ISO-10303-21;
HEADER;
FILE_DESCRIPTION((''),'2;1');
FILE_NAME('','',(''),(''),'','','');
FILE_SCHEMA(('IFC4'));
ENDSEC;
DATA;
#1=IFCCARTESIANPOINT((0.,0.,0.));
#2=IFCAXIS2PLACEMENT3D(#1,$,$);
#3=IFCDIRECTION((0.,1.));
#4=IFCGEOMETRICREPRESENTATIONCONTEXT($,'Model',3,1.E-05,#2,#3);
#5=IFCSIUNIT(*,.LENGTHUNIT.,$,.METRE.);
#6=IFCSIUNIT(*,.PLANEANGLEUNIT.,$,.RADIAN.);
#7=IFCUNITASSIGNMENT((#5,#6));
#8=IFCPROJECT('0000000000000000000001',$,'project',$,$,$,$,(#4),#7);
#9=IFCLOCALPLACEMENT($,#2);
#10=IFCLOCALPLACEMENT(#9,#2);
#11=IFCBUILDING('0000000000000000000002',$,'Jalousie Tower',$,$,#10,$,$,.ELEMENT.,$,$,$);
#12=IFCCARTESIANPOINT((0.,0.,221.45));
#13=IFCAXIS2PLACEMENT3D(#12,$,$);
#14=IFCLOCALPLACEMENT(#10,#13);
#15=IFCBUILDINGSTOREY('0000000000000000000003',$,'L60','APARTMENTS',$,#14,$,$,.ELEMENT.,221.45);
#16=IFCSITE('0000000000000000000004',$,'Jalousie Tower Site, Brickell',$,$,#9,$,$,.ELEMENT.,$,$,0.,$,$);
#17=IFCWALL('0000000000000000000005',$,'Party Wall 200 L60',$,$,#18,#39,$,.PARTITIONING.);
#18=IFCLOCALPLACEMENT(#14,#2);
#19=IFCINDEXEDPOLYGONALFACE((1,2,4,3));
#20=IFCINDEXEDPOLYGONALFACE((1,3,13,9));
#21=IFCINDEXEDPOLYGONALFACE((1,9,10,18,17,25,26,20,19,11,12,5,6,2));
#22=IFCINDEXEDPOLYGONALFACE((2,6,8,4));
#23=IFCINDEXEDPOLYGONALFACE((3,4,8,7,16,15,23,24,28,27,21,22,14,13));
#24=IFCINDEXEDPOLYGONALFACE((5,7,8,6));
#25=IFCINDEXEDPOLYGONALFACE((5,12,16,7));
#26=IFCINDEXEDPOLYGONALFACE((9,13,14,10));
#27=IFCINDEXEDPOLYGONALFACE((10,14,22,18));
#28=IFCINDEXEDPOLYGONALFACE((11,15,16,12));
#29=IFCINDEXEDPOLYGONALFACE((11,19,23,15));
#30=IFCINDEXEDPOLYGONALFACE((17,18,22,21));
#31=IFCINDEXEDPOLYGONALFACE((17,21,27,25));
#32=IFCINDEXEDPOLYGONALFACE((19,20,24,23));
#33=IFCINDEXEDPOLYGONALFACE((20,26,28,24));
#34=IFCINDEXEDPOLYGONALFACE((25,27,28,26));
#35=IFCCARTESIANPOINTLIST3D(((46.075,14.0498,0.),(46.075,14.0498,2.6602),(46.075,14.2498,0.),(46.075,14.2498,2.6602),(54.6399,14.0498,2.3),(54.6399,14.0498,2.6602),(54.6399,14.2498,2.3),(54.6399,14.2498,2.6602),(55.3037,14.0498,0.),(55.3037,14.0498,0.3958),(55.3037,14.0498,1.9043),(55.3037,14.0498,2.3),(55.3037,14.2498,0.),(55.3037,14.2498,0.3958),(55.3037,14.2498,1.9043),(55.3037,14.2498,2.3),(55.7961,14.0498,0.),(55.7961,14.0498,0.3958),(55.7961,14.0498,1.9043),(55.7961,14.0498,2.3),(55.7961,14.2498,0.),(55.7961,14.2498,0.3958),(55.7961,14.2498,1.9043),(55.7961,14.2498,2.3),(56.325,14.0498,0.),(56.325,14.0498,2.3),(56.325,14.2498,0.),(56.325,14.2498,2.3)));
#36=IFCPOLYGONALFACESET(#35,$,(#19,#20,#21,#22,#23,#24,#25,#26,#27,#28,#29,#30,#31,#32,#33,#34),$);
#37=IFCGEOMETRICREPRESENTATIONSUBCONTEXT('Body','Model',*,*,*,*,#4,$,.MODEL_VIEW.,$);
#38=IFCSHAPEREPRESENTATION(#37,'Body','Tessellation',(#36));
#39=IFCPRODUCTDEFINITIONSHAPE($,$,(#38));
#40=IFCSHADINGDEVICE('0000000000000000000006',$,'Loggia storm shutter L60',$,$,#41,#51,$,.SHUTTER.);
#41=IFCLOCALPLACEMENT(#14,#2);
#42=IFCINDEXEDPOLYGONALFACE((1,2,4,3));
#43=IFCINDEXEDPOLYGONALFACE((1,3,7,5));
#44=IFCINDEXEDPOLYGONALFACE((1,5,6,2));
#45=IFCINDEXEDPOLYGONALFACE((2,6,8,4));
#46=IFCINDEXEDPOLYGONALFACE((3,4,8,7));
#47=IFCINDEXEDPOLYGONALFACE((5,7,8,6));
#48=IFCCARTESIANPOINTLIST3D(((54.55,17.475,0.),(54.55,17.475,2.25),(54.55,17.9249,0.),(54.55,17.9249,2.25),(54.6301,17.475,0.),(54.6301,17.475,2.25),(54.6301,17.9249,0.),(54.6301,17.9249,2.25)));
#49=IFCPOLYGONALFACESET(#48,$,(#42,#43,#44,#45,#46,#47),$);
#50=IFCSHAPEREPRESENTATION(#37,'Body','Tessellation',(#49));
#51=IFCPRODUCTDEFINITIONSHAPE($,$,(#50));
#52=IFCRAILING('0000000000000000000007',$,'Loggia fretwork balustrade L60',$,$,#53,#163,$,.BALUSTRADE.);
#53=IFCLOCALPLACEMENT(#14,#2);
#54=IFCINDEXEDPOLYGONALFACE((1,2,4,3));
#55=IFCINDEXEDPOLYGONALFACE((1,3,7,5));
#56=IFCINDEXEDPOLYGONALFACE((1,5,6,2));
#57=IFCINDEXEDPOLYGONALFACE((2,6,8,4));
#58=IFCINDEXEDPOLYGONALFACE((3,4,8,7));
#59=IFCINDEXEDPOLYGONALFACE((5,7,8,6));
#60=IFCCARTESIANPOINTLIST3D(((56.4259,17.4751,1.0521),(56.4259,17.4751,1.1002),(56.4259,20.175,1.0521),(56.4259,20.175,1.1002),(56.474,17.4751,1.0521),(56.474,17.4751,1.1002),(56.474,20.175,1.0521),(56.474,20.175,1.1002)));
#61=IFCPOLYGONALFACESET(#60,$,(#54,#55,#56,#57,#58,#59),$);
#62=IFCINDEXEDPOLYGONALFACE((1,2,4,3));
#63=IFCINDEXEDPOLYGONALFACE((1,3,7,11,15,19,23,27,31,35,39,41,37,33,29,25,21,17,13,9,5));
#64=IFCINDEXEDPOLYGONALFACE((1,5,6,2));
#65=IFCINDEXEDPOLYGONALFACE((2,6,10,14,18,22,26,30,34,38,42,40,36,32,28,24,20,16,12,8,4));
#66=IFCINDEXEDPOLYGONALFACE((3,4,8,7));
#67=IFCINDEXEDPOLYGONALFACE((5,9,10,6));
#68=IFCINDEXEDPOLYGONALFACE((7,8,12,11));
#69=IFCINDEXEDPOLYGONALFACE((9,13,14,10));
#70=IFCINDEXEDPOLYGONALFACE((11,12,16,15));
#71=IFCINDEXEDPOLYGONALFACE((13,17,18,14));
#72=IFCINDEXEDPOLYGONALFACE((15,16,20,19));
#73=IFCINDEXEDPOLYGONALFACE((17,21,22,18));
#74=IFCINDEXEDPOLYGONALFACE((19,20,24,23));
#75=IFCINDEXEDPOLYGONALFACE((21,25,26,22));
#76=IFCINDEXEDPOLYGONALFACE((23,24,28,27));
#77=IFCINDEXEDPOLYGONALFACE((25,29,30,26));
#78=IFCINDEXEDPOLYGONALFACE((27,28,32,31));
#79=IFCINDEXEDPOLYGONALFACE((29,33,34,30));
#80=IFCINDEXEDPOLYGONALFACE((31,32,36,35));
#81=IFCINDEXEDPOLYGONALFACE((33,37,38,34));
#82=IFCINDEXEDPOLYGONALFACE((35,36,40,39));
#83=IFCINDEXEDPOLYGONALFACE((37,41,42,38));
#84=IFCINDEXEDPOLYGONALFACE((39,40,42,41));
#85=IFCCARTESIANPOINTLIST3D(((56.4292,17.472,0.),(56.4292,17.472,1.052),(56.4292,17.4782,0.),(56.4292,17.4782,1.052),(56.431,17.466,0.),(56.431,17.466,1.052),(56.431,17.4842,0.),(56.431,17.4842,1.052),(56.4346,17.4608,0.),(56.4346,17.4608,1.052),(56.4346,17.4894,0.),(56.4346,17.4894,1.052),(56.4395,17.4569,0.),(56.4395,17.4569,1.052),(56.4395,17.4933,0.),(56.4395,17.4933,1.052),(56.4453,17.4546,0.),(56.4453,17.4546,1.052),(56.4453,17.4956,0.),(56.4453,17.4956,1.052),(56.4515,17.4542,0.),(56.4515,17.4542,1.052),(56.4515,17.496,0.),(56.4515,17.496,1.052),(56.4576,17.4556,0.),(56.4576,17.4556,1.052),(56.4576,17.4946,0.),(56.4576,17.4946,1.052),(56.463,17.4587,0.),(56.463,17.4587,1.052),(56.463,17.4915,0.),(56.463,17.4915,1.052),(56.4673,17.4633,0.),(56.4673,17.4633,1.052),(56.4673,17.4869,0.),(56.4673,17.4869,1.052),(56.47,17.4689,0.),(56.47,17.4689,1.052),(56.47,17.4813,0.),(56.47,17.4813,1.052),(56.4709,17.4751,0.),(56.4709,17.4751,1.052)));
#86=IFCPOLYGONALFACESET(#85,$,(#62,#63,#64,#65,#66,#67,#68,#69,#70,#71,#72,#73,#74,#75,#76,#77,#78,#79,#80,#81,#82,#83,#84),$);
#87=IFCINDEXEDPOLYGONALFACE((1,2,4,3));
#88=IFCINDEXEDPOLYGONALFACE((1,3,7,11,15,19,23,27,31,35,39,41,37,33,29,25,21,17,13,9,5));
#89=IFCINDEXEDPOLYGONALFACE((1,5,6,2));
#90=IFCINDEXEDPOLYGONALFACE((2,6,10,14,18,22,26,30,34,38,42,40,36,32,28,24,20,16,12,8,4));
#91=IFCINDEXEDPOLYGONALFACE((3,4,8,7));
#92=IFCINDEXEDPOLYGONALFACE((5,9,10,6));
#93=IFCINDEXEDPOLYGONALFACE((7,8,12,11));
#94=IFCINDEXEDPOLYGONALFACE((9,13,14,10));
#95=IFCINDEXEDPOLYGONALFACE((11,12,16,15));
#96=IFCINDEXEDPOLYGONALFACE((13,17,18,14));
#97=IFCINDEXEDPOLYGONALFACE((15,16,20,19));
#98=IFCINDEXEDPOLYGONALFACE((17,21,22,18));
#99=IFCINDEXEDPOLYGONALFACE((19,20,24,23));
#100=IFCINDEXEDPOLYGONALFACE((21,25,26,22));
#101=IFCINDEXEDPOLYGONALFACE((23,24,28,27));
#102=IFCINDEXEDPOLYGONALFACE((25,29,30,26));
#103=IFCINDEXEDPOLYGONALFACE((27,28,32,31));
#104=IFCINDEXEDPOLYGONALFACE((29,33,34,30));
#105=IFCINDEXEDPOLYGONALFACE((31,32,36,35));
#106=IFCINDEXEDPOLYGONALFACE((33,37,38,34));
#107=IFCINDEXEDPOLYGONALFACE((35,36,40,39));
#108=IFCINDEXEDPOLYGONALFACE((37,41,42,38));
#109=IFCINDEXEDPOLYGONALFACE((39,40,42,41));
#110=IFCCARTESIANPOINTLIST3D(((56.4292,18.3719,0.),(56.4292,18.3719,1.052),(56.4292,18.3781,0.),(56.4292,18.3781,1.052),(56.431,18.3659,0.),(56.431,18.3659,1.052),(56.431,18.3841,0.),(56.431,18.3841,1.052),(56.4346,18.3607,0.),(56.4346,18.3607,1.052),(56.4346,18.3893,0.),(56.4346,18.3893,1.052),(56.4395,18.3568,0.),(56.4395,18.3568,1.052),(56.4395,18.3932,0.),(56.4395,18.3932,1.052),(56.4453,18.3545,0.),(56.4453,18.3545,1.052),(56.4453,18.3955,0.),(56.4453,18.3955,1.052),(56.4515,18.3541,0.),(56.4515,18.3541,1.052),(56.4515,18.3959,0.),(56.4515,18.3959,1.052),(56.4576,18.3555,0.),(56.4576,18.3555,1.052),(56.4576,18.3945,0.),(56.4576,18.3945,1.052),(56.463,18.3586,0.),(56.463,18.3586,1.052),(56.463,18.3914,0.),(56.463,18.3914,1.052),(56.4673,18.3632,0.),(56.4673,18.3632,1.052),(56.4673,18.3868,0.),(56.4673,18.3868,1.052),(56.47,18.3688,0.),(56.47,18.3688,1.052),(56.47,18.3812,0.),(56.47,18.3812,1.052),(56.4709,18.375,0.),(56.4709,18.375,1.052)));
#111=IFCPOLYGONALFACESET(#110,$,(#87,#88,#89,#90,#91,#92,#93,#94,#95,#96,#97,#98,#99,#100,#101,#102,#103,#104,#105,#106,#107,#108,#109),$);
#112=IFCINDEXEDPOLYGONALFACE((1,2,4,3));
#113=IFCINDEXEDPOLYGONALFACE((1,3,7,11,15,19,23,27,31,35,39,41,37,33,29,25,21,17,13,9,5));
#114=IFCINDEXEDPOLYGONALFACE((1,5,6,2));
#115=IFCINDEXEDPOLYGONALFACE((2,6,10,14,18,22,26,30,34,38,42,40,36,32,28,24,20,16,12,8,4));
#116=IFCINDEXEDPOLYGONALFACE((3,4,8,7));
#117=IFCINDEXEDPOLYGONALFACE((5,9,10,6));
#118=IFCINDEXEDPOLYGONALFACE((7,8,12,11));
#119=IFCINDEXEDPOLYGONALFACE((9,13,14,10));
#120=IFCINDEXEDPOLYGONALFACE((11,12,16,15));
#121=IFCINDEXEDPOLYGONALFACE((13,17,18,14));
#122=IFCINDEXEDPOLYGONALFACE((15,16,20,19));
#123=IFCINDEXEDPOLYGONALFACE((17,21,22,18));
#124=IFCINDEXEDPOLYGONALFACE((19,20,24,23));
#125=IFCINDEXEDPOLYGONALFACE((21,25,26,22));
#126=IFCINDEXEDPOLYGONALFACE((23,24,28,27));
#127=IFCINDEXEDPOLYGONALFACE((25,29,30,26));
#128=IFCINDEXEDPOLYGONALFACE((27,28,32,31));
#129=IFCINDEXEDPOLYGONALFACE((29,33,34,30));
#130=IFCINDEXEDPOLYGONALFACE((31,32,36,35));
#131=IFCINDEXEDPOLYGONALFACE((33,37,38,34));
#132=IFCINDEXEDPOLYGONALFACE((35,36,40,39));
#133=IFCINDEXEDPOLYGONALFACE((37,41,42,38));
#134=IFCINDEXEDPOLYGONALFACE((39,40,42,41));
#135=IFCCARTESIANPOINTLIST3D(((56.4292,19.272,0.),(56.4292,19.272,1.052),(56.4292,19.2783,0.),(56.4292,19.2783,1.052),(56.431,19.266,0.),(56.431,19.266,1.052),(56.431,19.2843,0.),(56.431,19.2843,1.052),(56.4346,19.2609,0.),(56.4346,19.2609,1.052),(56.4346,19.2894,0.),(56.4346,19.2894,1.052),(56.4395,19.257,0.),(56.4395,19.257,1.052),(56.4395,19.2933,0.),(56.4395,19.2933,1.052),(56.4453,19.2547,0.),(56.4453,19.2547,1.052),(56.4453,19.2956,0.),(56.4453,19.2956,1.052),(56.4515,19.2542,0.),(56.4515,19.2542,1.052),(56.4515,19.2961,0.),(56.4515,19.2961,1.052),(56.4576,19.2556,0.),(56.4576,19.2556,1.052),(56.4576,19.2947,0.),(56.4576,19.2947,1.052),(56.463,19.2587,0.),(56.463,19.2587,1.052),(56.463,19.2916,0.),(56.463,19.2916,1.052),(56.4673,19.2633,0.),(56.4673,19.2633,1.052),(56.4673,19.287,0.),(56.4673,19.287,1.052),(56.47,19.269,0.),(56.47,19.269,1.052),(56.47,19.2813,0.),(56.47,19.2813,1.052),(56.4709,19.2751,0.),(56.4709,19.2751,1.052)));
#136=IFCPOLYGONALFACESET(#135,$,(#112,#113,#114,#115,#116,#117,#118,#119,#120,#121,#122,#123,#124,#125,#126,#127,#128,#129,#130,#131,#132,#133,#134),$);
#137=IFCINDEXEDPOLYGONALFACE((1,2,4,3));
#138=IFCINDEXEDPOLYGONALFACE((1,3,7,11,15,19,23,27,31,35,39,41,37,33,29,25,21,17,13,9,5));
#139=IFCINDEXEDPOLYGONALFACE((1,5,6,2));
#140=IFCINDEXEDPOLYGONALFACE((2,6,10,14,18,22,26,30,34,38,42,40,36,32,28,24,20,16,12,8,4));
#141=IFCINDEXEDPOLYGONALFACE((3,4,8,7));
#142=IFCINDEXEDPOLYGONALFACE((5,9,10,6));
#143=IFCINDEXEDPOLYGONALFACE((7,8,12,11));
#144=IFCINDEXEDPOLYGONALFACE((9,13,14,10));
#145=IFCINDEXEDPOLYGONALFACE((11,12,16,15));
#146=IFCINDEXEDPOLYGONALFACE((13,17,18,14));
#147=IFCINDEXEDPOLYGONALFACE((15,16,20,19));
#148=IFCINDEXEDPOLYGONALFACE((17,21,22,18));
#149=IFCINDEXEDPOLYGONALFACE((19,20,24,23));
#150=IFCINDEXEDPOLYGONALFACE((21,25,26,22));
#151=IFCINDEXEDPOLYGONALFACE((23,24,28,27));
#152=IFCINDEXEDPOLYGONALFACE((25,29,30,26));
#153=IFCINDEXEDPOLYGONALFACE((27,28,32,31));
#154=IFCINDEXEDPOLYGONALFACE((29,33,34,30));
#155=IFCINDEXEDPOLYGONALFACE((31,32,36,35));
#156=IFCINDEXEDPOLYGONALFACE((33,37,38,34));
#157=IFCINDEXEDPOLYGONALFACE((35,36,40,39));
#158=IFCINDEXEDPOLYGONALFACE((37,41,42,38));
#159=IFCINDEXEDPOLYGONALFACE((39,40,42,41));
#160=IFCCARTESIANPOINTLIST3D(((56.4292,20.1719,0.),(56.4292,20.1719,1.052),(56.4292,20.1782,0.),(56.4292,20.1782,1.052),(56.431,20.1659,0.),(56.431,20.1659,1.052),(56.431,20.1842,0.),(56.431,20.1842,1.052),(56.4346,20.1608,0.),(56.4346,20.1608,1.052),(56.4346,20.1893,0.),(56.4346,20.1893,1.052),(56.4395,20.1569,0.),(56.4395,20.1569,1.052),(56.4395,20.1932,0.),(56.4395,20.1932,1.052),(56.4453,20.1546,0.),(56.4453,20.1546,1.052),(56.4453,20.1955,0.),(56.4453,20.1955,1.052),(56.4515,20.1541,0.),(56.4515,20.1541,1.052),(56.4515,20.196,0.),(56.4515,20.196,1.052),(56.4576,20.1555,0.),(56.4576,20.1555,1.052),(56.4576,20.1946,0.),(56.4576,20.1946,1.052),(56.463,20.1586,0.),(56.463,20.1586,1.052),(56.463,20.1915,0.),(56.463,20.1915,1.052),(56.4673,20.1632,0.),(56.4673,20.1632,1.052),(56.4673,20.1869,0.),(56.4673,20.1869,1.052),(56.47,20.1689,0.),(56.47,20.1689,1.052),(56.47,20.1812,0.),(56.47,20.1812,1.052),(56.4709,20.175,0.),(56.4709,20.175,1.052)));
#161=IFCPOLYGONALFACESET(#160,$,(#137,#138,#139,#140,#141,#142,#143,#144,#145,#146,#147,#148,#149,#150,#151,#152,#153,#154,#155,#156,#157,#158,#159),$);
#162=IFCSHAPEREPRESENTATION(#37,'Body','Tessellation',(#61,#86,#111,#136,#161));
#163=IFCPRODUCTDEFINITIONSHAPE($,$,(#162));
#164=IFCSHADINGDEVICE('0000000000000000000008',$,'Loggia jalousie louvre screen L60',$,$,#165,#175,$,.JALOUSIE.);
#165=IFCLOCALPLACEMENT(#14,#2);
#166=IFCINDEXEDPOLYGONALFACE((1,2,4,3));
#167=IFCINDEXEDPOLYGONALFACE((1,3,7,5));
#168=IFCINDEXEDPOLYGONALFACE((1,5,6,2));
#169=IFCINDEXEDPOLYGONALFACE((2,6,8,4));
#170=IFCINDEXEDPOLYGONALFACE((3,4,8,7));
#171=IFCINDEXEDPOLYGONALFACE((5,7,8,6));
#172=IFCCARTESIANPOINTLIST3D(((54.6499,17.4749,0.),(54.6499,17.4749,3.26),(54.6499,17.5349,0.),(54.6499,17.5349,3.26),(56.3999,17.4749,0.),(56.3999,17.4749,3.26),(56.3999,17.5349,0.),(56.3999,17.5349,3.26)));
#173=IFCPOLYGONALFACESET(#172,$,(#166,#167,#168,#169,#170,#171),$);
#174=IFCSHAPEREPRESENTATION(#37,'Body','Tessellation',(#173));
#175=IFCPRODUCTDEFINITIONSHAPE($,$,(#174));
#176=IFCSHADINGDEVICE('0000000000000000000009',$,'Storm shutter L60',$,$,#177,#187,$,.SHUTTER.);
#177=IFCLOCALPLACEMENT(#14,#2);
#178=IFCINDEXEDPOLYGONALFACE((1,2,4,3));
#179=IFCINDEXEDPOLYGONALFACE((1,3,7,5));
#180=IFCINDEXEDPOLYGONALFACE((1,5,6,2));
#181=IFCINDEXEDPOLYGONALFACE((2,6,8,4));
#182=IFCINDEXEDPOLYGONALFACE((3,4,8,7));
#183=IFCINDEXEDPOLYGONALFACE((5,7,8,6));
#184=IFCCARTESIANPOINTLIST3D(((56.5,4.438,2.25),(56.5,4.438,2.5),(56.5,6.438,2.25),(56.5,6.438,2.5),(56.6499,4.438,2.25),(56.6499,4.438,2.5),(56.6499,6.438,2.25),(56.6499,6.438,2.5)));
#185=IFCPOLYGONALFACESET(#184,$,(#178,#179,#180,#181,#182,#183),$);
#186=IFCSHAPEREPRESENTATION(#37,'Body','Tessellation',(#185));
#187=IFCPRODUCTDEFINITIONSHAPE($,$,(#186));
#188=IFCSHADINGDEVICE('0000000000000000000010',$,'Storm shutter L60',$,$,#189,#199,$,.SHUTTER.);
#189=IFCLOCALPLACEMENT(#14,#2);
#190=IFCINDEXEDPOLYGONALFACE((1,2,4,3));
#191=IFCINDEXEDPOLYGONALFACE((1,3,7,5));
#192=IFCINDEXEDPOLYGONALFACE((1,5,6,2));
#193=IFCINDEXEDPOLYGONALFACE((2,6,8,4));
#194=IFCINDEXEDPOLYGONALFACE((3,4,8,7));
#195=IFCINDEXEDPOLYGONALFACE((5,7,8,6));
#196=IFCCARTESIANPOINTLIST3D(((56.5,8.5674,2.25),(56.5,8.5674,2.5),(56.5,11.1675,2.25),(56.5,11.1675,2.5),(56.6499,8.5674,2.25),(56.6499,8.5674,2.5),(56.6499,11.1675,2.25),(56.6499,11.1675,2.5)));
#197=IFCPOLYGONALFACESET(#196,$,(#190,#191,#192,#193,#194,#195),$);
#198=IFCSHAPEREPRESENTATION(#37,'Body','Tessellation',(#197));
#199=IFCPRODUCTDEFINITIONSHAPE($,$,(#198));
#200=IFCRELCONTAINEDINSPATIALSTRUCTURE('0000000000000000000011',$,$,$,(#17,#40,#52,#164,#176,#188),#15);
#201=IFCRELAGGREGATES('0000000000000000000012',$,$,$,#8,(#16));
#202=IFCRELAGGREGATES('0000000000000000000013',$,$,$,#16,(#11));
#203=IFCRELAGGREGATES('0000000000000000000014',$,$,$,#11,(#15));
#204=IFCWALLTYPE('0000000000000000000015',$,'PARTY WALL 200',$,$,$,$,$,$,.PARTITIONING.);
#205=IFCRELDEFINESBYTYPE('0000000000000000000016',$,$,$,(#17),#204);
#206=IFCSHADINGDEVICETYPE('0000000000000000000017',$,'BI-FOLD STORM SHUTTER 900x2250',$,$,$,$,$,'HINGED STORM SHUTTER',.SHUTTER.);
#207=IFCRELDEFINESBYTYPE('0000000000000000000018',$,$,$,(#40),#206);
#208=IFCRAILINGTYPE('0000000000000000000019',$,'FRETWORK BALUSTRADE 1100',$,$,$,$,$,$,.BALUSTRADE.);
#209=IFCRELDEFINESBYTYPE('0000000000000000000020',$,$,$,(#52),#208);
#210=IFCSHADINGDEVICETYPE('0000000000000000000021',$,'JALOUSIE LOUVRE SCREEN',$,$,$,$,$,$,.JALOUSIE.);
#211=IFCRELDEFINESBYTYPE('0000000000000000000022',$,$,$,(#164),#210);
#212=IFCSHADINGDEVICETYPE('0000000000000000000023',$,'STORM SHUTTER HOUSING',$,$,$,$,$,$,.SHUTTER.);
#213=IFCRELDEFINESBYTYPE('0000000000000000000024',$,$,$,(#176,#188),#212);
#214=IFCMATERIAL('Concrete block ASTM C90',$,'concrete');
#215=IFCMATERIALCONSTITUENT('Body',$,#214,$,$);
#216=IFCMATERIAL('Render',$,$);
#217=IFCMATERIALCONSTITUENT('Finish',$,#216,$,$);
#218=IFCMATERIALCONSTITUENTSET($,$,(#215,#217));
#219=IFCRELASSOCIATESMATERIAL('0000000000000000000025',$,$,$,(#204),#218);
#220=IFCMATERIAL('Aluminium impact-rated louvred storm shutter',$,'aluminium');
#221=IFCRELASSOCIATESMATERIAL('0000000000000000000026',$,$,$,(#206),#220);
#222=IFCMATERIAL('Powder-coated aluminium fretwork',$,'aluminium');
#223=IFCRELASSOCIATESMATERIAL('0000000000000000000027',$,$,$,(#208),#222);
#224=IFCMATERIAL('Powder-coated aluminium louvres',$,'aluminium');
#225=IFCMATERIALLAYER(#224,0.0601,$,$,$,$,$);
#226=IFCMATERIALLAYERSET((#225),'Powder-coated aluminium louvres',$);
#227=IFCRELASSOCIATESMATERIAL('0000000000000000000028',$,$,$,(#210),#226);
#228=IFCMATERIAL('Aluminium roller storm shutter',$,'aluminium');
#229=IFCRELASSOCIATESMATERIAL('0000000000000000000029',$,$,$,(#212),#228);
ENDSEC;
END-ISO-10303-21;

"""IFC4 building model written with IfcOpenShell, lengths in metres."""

from ifc_helpers import new_model, si_unit, direction, frame, origin, origin_2d, place, context, subcontext, project, spatial, polyline, rectangle, circle, outline, extrude, material, layer, layer_set, constituent, constituent_set, type_object, element, save


model = new_model("IFC4")

# Units and contexts
model_context = context("Model", 3, precision=1e-05, world=origin(), true_north=direction((0.0, 1.0)))
body_context = subcontext(model_context, "Body", "Model", "MODEL_VIEW")
ifc_project = project(units=[si_unit("LENGTHUNIT", "METRE"), si_unit("PLANEANGLEUNIT", "RADIAN")], contexts=[model_context])

# Site, building, storey
site_placement = place(None, origin())
site = spatial("IfcSite", under=ifc_project, at=site_placement, Name="Jalousie Tower Site, Brickell", CompositionType="ELEMENT", RefElevation=0.0)
building_placement = place(site_placement, origin())
building = spatial("IfcBuilding", under=site, at=building_placement, Name="Jalousie Tower", CompositionType="ELEMENT")
storey_placement = place(building_placement, frame((0.0, 0.0, 221.45)))
storey = spatial("IfcBuildingStorey", under=building, at=storey_placement, Name="L60", Description="APARTMENTS", CompositionType="ELEMENT", Elevation=221.45)

# Wall
ifc_material_1 = material(Name="Concrete block ASTM C90", Category="concrete")
ifc_constituent_1 = constituent(ifc_material_1, Name="Body")
ifc_material_2 = material(Name="Render")
ifc_constituent_2 = constituent(ifc_material_2, Name="Finish")
ifc_constituent_set_1 = constituent_set(constituents=[ifc_constituent_1, ifc_constituent_2])
wall_type_1 = type_object("IfcWallType", Name="PARTY WALL 200", PredefinedType="PARTITIONING", material=ifc_constituent_set_1)
wall_1_placement = place(storey_placement, frame((56.325, 14.1499, 0.0), z_axis=(0.0, 0.0, 1.0), x_axis=(-1.0, 0.0, 0.0)))
element("IfcWall", 1, at=wall_1_placement, inside=storey, type_object=wall_type_1, Name="Party Wall 200 L60", PredefinedType="PARTITIONING", context=body_context, shape_type="SweptSolid", body=[
    extrude(outline(polyline([(0.5288, 2.3), (0.0, 2.3), (0.0, 0.0), (0.5288, 0.0), (0.5288, 0.3958), (1.0212, 0.3958), (1.0212, 0.0), (10.25, 0.0), (10.25, 2.6602), (1.6851, 2.6602), (1.6851, 2.3), (1.0212, 2.3), (1.0212, 1.9043), (0.5288, 1.9043), (0.5288, 2.3)])), frame((0.0, 0.1001, 0.0), z_axis=(0.0, -1.0, 0.0), x_axis=(1.0, 0.0, 0.0)), (0.0, 0.0, 1.0), 0.2),
])

# Shading device
ifc_material_3 = material(Name="Aluminium impact-rated louvred storm shutter", Category="aluminium")
shading_device_type_1 = type_object("IfcShadingDeviceType", Name="BI-FOLD STORM SHUTTER 900x2250", ElementType="HINGED STORM SHUTTER", PredefinedType="SHUTTER", material=ifc_material_3)
shading_device_1_placement = place(storey_placement, frame((54.5901, 17.7, 0.0), z_axis=(0.0, 0.0, 1.0), x_axis=(0.0, 1.0, 0.0)))
element("IfcShadingDevice", 2, at=shading_device_1_placement, inside=storey, type_object=shading_device_type_1, Name="Loggia storm shutter L60", PredefinedType="SHUTTER", context=body_context, shape_type="SweptSolid", body=[
    extrude(rectangle(XDim=0.45, YDim=0.0801, at=origin_2d()), origin(), (0.0, 0.0, 1.0), 2.25),
])

# Railing
ifc_material_4 = material(Name="Powder-coated aluminium fretwork", Category="aluminium")
railing_type = type_object("IfcRailingType", Name="FRETWORK BALUSTRADE 1100", PredefinedType="BALUSTRADE", material=ifc_material_4)
railing_placement = place(storey_placement, frame((56.45, 17.4751, 0.0)))
element("IfcRailing", 3, at=railing_placement, inside=storey, type_object=railing_type, Name="Loggia fretwork balustrade L60", PredefinedType="BALUSTRADE", context=body_context, shape_type="SweptSolid", body=[
    extrude(rectangle(XDim=0.0481, YDim=0.0481, at=origin_2d()), frame((0.0, 0.0, 1.0762), z_axis=(0.0, 1.0, 0.0), x_axis=(-1.0, 0.0, 0.0)), (0.0, 0.0, 1.0), 2.7),
    extrude(circle(Radius=0.021, at=origin_2d()), origin(), (0.0, 0.0, 1.0), 1.052),
    extrude(circle(Radius=0.021, at=origin_2d()), frame((0.0, 0.8999, 0.0)), (0.0, 0.0, 1.0), 1.052),
    extrude(circle(Radius=0.021, at=origin_2d()), frame((0.0, 1.8, 0.0)), (0.0, 0.0, 1.0), 1.052),
    extrude(circle(Radius=0.021, at=origin_2d()), frame((0.0, 2.7, 0.0)), (0.0, 0.0, 1.0), 1.052),
])

# Shading devices
ifc_material_5 = material(Name="Powder-coated aluminium louvres", Category="aluminium")
ifc_layer_1 = layer(ifc_material_5, 0.0601)
ifc_layer_set_1 = layer_set([ifc_layer_1], Name="Powder-coated aluminium louvres")
shading_device_type_2 = type_object("IfcShadingDeviceType", Name="JALOUSIE LOUVRE SCREEN", PredefinedType="JALOUSIE", material=ifc_layer_set_1)
shading_device_2_placement = place(storey_placement, frame((55.5249, 17.5049, 0.0), z_axis=(0.0, 0.0, 1.0), x_axis=(0.0, 1.0, 0.0)))
element("IfcShadingDevice", 4, at=shading_device_2_placement, inside=storey, type_object=shading_device_type_2, Name="Loggia jalousie louvre screen L60", PredefinedType="JALOUSIE", context=body_context, shape_type="SweptSolid", body=[
    extrude(rectangle(XDim=0.0601, YDim=1.75, at=origin_2d()), origin(), (0.0, 0.0, 1.0), 3.26),
])
ifc_material_6 = material(Name="Aluminium roller storm shutter", Category="aluminium")
shading_device_type_3 = type_object("IfcShadingDeviceType", Name="STORM SHUTTER HOUSING", PredefinedType="SHUTTER", material=ifc_material_6)
shading_device_3_placement = place(storey_placement, frame((56.575, 5.438, 2.25), z_axis=(0.0, 0.0, 1.0), x_axis=(0.0, 1.0, 0.0)))
element("IfcShadingDevice", 5, at=shading_device_3_placement, inside=storey, type_object=shading_device_type_3, Name="Storm shutter L60", PredefinedType="SHUTTER", context=body_context, shape_type="SweptSolid", body=[
    extrude(rectangle(XDim=2.0, YDim=0.1499, at=origin_2d()), origin(), (0.0, 0.0, 1.0), 0.25),
])
shading_device_4_placement = place(storey_placement, frame((56.575, 9.8674, 2.25), z_axis=(0.0, 0.0, 1.0), x_axis=(0.0, 1.0, 0.0)))
element("IfcShadingDevice", 6, at=shading_device_4_placement, inside=storey, type_object=shading_device_type_3, Name="Storm shutter L60", PredefinedType="SHUTTER", context=body_context, shape_type="SweptSolid", body=[
    extrude(rectangle(XDim=2.6001, YDim=0.1499, at=origin_2d()), origin(), (0.0, 0.0, 1.0), 0.25),
])

save(model, "model.ifc")
